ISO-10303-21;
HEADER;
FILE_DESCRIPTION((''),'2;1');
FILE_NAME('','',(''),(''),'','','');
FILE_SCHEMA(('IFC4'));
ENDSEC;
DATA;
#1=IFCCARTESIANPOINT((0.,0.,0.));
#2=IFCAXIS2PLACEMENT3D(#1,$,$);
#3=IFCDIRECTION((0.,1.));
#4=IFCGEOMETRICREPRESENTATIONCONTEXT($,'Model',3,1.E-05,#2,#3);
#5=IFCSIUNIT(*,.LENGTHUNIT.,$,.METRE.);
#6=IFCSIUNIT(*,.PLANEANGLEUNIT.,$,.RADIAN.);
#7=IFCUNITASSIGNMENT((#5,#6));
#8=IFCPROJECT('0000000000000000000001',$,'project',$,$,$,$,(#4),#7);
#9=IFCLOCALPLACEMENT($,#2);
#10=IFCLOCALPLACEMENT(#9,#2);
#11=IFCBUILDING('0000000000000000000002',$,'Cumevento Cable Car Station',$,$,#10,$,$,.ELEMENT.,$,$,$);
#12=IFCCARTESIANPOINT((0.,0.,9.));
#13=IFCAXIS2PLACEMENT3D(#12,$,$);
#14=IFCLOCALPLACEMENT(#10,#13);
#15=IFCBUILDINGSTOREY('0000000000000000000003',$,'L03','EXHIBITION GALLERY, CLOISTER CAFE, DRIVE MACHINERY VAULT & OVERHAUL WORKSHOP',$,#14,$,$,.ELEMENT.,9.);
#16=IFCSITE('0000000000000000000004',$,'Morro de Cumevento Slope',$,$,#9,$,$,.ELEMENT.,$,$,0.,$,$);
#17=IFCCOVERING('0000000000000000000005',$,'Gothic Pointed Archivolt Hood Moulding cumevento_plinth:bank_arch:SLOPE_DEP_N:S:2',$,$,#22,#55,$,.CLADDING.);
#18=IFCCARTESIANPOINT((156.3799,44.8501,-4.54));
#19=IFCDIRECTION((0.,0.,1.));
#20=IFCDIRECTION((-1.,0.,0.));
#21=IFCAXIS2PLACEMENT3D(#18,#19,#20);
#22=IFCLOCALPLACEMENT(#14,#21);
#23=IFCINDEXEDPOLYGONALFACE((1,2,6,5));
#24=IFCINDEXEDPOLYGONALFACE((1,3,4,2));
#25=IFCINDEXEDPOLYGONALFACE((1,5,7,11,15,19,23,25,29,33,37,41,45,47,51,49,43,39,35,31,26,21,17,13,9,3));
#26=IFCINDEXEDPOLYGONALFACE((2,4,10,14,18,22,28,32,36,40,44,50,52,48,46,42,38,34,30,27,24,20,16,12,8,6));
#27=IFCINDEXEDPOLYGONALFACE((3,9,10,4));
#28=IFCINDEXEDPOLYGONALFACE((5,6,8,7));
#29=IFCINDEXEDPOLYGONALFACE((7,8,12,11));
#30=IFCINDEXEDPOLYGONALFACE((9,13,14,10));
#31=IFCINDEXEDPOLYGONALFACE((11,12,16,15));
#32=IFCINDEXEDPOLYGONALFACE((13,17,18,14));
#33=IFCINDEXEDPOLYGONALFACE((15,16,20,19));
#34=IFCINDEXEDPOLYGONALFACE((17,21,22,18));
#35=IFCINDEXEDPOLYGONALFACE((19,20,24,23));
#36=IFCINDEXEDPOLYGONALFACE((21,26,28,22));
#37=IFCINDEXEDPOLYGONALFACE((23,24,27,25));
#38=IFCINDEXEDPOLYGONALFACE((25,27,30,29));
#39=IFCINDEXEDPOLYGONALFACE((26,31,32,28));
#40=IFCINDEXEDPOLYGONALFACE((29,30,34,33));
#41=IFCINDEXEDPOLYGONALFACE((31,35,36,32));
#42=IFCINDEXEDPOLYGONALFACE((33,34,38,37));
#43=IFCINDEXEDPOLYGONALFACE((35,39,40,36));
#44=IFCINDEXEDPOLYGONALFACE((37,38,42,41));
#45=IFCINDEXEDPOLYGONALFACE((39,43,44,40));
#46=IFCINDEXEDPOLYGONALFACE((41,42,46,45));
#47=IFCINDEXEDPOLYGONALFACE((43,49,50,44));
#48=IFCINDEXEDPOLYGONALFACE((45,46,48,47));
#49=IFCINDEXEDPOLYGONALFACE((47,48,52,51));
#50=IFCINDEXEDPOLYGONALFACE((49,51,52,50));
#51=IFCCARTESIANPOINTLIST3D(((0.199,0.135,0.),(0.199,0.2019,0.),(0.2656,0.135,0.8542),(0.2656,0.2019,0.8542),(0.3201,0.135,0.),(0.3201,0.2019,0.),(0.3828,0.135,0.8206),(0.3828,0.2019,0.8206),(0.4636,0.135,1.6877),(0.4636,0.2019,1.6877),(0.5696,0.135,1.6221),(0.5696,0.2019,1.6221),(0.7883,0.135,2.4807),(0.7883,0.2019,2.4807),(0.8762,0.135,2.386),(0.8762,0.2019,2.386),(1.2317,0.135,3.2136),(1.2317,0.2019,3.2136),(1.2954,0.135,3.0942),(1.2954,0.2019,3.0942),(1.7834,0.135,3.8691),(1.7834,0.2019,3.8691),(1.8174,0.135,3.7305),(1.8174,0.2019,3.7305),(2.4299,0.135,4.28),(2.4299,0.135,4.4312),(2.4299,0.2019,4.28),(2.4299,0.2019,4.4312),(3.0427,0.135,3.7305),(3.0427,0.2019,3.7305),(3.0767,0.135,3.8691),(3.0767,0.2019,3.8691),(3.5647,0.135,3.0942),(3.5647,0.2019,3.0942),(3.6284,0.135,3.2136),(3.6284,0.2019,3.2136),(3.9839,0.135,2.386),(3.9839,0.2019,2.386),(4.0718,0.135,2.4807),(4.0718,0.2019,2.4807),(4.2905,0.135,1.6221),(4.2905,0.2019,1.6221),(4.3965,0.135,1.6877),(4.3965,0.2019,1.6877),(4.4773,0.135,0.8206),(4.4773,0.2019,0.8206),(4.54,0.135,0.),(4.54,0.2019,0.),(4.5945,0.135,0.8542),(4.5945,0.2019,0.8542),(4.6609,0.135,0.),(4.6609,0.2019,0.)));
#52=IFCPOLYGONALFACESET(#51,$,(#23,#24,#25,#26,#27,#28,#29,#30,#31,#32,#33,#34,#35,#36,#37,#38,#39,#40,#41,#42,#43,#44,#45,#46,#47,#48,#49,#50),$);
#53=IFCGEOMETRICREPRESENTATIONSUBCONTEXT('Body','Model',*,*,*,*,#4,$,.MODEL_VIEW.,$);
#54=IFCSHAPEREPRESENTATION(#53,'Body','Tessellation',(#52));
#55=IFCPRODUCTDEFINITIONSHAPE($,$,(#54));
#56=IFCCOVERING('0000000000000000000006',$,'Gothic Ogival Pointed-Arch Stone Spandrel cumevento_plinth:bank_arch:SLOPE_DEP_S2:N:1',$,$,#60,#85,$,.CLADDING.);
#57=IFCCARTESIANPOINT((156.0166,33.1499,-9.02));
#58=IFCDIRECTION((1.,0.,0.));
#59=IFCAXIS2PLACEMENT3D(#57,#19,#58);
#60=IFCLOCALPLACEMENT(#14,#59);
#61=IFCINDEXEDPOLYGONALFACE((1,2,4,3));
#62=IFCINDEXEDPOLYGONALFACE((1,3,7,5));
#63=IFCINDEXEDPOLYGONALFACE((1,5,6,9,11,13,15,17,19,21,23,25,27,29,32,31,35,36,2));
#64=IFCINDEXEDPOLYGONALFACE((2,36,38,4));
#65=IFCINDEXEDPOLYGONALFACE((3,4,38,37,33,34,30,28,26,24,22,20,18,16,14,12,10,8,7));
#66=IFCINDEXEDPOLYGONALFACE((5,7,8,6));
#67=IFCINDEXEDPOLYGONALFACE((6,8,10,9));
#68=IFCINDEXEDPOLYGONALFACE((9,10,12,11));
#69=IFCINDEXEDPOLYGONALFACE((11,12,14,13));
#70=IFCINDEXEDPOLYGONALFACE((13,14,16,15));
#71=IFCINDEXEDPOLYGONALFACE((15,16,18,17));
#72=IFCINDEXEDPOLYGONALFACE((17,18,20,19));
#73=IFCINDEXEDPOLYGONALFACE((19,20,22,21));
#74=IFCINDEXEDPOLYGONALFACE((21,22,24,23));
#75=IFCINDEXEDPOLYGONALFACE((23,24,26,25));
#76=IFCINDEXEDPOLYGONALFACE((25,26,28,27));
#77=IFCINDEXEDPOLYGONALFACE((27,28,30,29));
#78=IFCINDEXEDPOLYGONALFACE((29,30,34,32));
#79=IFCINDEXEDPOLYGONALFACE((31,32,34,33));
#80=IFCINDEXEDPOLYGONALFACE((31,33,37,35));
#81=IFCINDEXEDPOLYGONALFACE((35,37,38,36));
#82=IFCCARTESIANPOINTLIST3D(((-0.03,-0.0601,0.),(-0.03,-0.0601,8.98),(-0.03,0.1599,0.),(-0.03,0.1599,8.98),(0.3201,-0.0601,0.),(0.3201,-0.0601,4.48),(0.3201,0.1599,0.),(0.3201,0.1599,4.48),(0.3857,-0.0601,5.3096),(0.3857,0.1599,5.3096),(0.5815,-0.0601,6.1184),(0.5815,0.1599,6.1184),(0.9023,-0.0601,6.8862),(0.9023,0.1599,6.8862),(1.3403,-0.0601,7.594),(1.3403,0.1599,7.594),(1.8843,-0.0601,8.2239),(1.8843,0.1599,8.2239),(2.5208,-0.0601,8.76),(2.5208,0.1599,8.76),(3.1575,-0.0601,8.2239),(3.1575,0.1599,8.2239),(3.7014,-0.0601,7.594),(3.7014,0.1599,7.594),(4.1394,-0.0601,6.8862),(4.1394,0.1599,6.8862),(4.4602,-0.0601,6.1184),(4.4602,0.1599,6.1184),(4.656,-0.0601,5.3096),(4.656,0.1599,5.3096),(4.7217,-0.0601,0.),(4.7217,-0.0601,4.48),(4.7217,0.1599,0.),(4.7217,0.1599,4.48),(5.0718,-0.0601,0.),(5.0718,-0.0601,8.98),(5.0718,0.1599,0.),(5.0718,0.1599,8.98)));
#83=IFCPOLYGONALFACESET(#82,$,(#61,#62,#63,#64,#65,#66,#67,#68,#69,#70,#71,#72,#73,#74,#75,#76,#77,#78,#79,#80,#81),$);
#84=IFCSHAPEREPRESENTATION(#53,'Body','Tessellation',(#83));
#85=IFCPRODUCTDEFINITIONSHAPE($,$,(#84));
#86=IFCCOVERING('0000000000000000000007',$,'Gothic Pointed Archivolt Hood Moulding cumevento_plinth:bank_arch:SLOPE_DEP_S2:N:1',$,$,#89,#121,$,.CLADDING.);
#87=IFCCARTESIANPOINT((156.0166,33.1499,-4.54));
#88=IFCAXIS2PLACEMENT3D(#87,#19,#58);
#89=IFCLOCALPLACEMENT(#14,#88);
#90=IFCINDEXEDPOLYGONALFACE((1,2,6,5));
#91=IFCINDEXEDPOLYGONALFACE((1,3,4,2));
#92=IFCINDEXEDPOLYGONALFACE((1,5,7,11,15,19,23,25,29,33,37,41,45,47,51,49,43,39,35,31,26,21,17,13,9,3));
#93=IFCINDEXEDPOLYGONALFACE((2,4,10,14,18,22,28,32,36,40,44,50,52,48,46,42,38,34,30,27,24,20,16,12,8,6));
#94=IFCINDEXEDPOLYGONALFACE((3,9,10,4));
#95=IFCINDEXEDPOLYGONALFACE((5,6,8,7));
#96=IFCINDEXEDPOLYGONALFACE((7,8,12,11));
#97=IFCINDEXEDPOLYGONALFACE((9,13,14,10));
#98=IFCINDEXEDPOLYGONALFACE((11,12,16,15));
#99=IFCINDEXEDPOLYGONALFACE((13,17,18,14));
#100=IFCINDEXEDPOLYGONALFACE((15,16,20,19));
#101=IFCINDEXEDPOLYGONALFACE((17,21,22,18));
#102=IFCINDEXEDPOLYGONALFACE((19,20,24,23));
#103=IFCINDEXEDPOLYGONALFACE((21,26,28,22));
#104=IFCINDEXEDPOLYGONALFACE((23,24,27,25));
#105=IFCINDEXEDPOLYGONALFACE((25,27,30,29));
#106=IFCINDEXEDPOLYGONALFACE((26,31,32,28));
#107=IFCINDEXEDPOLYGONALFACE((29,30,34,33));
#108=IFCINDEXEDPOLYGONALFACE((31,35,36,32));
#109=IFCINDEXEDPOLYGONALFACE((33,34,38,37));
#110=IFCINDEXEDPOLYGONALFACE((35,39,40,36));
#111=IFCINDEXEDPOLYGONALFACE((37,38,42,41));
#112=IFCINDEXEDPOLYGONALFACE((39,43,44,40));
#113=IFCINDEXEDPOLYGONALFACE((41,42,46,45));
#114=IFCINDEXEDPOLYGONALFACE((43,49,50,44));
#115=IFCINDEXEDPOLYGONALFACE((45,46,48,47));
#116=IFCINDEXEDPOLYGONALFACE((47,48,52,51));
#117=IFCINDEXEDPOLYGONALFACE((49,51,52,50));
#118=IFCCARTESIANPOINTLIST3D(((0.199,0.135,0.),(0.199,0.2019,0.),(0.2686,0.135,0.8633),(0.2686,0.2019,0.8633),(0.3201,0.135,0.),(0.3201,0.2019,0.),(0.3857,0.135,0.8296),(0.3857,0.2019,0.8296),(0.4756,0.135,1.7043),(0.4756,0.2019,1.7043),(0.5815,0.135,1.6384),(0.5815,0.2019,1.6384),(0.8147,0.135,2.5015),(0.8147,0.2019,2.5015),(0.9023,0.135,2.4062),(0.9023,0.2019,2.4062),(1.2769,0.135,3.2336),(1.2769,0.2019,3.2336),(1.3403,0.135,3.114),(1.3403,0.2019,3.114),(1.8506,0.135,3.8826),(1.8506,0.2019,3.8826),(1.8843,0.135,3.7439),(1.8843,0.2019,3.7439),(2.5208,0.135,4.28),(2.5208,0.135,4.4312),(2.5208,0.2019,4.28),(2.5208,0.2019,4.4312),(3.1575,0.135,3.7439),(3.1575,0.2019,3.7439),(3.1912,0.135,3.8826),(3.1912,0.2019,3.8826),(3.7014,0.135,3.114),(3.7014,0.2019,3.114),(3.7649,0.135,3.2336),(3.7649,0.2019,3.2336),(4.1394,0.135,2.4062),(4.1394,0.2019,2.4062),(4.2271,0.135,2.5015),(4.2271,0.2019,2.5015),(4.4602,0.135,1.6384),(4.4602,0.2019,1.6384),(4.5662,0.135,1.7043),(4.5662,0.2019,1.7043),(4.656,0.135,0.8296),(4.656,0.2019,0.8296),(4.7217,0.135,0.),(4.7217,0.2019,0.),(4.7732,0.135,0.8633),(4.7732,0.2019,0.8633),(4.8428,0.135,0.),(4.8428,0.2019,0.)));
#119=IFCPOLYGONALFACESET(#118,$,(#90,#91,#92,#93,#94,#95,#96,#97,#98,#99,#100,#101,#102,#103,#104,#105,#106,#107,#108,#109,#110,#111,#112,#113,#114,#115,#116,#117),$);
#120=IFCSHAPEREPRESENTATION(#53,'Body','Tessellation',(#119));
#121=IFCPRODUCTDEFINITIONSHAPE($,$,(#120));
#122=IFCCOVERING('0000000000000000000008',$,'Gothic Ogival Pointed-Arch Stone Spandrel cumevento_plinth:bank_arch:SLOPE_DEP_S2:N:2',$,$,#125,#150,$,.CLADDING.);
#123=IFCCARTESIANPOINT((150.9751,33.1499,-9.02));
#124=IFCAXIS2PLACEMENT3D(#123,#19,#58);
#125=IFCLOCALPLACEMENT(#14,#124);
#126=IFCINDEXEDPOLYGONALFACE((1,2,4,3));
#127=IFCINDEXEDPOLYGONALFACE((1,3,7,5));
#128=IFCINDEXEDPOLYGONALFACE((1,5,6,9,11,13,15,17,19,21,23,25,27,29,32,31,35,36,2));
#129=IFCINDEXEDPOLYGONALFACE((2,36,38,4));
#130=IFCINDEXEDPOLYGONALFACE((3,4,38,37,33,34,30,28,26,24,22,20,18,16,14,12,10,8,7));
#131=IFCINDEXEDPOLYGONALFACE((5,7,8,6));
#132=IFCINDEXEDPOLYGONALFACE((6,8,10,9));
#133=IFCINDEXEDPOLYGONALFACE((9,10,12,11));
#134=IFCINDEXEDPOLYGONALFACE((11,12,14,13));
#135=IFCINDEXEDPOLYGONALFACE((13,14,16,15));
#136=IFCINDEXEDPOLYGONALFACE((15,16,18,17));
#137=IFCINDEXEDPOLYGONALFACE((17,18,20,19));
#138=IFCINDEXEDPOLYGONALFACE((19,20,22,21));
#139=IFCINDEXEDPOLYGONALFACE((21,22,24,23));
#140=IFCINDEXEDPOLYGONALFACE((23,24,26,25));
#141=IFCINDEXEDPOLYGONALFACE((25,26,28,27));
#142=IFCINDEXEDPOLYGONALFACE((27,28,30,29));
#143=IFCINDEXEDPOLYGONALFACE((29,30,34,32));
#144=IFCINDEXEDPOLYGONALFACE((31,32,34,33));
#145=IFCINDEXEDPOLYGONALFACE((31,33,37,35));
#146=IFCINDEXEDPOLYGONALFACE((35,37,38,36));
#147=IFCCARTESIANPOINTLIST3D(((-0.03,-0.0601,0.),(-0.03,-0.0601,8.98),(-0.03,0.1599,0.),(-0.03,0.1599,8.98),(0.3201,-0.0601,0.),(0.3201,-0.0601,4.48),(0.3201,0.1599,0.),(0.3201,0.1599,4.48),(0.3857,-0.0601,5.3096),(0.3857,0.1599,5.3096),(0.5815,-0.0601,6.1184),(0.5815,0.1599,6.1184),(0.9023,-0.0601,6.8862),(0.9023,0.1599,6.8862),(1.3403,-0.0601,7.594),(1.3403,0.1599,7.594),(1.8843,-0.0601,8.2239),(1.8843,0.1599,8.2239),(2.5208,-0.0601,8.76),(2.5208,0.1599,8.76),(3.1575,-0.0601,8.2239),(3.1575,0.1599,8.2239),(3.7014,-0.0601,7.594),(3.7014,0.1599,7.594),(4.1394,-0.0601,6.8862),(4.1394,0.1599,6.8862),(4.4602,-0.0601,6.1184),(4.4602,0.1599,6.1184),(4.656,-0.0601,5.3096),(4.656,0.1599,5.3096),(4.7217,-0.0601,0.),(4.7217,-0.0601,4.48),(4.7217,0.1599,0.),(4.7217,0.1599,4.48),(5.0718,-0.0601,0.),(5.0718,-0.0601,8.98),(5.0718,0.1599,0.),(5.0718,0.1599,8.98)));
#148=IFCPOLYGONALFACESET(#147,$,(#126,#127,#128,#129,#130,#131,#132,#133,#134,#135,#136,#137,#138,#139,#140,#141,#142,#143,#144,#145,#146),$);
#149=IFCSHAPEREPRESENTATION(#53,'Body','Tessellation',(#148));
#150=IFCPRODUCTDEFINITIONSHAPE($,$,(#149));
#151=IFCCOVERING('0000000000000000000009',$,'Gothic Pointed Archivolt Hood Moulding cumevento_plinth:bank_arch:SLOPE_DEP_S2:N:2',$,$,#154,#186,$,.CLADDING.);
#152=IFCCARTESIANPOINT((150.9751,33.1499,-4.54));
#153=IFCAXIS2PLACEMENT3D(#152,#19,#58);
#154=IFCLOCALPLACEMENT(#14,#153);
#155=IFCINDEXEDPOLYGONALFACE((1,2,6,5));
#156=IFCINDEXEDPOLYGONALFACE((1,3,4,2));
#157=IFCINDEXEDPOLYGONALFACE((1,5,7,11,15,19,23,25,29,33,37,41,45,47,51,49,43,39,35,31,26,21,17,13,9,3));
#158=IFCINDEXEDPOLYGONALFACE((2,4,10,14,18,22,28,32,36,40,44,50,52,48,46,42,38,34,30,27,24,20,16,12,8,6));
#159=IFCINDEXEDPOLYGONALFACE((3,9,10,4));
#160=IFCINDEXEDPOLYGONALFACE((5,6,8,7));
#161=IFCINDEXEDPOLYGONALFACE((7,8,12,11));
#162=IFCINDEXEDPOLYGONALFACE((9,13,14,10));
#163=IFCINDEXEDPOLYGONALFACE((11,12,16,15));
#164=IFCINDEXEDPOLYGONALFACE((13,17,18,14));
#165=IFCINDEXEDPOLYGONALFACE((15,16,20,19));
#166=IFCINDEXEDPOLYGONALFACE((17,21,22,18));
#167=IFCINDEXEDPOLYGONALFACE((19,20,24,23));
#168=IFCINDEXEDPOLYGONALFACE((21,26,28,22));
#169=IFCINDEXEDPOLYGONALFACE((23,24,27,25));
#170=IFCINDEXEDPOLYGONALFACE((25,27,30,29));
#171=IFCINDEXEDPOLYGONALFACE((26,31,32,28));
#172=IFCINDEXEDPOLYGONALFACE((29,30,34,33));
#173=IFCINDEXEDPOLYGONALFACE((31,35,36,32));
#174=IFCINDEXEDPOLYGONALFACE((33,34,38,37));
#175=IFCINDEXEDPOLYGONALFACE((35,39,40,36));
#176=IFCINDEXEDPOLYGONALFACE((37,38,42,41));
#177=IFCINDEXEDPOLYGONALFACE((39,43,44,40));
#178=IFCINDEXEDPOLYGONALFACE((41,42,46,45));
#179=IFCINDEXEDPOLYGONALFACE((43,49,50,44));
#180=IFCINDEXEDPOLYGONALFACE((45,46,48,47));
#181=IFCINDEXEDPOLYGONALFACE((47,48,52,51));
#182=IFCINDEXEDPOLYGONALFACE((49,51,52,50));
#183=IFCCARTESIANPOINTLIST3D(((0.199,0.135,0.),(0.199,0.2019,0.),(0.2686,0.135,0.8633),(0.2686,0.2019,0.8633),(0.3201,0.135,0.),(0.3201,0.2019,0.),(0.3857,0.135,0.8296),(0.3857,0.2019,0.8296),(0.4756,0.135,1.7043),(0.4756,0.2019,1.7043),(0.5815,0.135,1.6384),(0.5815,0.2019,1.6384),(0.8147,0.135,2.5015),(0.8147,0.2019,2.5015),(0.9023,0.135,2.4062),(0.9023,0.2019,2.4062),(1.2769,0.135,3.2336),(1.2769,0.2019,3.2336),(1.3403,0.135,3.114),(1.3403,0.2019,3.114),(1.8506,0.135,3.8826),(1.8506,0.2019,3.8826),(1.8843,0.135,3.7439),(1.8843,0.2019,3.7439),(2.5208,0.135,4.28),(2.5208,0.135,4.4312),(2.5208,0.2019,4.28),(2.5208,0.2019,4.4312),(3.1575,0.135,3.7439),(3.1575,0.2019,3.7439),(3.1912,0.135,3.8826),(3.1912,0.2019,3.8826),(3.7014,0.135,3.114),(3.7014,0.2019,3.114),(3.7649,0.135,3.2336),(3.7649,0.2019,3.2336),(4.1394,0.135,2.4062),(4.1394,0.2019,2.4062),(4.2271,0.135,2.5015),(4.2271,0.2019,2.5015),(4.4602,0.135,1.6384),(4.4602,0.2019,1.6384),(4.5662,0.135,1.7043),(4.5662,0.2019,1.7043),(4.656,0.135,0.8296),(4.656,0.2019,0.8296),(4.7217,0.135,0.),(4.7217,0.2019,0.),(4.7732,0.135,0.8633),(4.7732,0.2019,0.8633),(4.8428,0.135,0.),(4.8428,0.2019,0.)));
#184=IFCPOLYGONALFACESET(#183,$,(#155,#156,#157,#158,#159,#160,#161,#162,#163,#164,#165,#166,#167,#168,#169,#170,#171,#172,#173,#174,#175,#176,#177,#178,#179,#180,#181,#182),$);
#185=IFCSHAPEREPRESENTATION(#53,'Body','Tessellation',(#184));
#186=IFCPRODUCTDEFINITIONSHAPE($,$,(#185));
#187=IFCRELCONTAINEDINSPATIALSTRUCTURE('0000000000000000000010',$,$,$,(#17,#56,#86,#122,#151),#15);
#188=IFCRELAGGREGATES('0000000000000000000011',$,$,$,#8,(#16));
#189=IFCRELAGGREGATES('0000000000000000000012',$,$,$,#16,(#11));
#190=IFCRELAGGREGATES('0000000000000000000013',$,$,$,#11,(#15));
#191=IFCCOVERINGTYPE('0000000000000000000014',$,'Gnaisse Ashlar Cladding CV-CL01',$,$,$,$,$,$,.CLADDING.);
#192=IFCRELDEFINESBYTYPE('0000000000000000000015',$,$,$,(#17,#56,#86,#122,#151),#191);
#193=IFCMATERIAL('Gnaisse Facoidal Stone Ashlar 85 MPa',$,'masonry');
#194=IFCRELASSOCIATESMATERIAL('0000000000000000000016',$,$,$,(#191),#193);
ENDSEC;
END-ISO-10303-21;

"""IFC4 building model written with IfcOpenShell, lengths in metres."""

from ifc_helpers import new_model, si_unit, direction, frame, origin, place, context, subcontext, project, spatial, polyline, outline, extrude, material, type_object, element, save


model = new_model("IFC4")

# Units and contexts
model_context = context("Model", 3, precision=1e-05, world=origin(), true_north=direction((0.0, 1.0)))
body_context = subcontext(model_context, "Body", "Model", "MODEL_VIEW")
ifc_project = project(units=[si_unit("LENGTHUNIT", "METRE"), si_unit("PLANEANGLEUNIT", "RADIAN")], contexts=[model_context])

# Site, building, storey
site_placement = place(None, origin())
site = spatial("IfcSite", under=ifc_project, at=site_placement, Name="Morro de Cumevento Slope", CompositionType="ELEMENT", RefElevation=0.0)
building_placement = place(site_placement, origin())
building = spatial("IfcBuilding", under=site, at=building_placement, Name="Cumevento Cable Car Station", CompositionType="ELEMENT")
storey_placement = place(building_placement, frame((0.0, 0.0, 9.0)))
storey = spatial("IfcBuildingStorey", under=building, at=storey_placement, Name="L03", Description="EXHIBITION GALLERY, CLOISTER CAFE, DRIVE MACHINERY VAULT & OVERHAUL WORKSHOP", CompositionType="ELEMENT", Elevation=9.0)

# Coverings
ifc_material_1 = material(Name="Gnaisse Facoidal Stone Ashlar 85 MPa", Category="masonry")
covering_type = type_object("IfcCoveringType", Name="Gnaisse Ashlar Cladding CV-CL01", PredefinedType="CLADDING", material=ifc_material_1)
covering_1_placement = place(storey_placement, frame((156.3799, 44.8501, -4.54), z_axis=(0.0, 0.0, 1.0), x_axis=(-1.0, 0.0, 0.0)))
element("IfcCovering", 1, at=covering_1_placement, inside=storey, type_object=covering_type, Name="Gothic Pointed Archivolt Hood Moulding cumevento_plinth:bank_arch:SLOPE_DEP_N:S:2", PredefinedType="CLADDING", context=body_context, shape_type="SweptSolid", body=[
    extrude(outline(polyline([(0.3201, 0.0), (0.3828, 0.8206), (0.5696, 1.6221), (0.8762, 2.386), (1.2954, 3.0942), (1.8174, 3.7305), (2.4299, 4.28), (3.0427, 3.7305), (3.5647, 3.0942), (3.9839, 2.386), (4.2905, 1.6221), (4.4773, 0.8206), (4.54, 0.0), (4.6609, 0.0), (4.5945, 0.8542), (4.3965, 1.6877), (4.0718, 2.4807), (3.6284, 3.2136), (3.0767, 3.8691), (2.4299, 4.4312), (1.7834, 3.8691), (1.2317, 3.2136), (0.7883, 2.4807), (0.4636, 1.6877), (0.2656, 0.8542), (0.199, 0.0), (0.3201, 0.0)])), frame((0.0, 0.2019, 0.0), z_axis=(0.0, -1.0, 0.0), x_axis=(1.0, 0.0, 0.0)), (0.0, 0.0, 1.0), 0.0669),
])
covering_2_placement = place(storey_placement, frame((156.0166, 33.1499, -9.02), z_axis=(0.0, 0.0, 1.0), x_axis=(1.0, 0.0, 0.0)))
element("IfcCovering", 2, at=covering_2_placement, inside=storey, type_object=covering_type, Name="Gothic Ogival Pointed-Arch Stone Spandrel cumevento_plinth:bank_arch:SLOPE_DEP_S2:N:1", PredefinedType="CLADDING", context=body_context, shape_type="SweptSolid", body=[
    extrude(outline(polyline([(-0.03, 0.0), (-0.03, 8.98), (5.0718, 8.98), (5.0718, 0.0), (4.7217, 0.0), (4.7217, 4.48), (4.656, 5.3096), (4.4602, 6.1184), (4.1394, 6.8862), (3.7014, 7.594), (3.1575, 8.2239), (2.5208, 8.76), (1.8843, 8.2239), (1.3403, 7.594), (0.9023, 6.8862), (0.5815, 6.1184), (0.3857, 5.3096), (0.3201, 4.48), (0.3201, 0.0), (-0.03, 0.0)])), frame((0.0, 0.1599, 0.0), z_axis=(0.0, -1.0, 0.0), x_axis=(1.0, 0.0, 0.0)), (0.0, 0.0, 1.0), 0.22),
])
covering_3_placement = place(storey_placement, frame((156.0166, 33.1499, -4.54), z_axis=(0.0, 0.0, 1.0), x_axis=(1.0, 0.0, 0.0)))
element("IfcCovering", 3, at=covering_3_placement, inside=storey, type_object=covering_type, Name="Gothic Pointed Archivolt Hood Moulding cumevento_plinth:bank_arch:SLOPE_DEP_S2:N:1", PredefinedType="CLADDING", context=body_context, shape_type="SweptSolid", body=[
    extrude(outline(polyline([(0.3201, 0.0), (0.3857, 0.8296), (0.5815, 1.6384), (0.9023, 2.4062), (1.3403, 3.114), (1.8843, 3.7439), (2.5208, 4.28), (3.1575, 3.7439), (3.7014, 3.114), (4.1394, 2.4062), (4.4602, 1.6384), (4.656, 0.8296), (4.7217, 0.0), (4.8428, 0.0), (4.7732, 0.8633), (4.5662, 1.7043), (4.2271, 2.5015), (3.7649, 3.2336), (3.1912, 3.8826), (2.5208, 4.4312), (1.8506, 3.8826), (1.2769, 3.2336), (0.8147, 2.5015), (0.4756, 1.7043), (0.2686, 0.8633), (0.199, 0.0), (0.3201, 0.0)])), frame((0.0, 0.2019, 0.0), z_axis=(0.0, -1.0, 0.0), x_axis=(1.0, 0.0, 0.0)), (0.0, 0.0, 1.0), 0.0669),
])
covering_4_placement = place(storey_placement, frame((150.9751, 33.1499, -9.02), z_axis=(0.0, 0.0, 1.0), x_axis=(1.0, 0.0, 0.0)))
element("IfcCovering", 4, at=covering_4_placement, inside=storey, type_object=covering_type, Name="Gothic Ogival Pointed-Arch Stone Spandrel cumevento_plinth:bank_arch:SLOPE_DEP_S2:N:2", PredefinedType="CLADDING", context=body_context, shape_type="SweptSolid", body=[
    extrude(outline(polyline([(-0.03, 0.0), (-0.03, 8.98), (5.0718, 8.98), (5.0718, 0.0), (4.7217, 0.0), (4.7217, 4.48), (4.656, 5.3096), (4.4602, 6.1184), (4.1394, 6.8862), (3.7014, 7.594), (3.1575, 8.2239), (2.5208, 8.76), (1.8843, 8.2239), (1.3403, 7.594), (0.9023, 6.8862), (0.5815, 6.1184), (0.3857, 5.3096), (0.3201, 4.48), (0.3201, 0.0), (-0.03, 0.0)])), frame((0.0, 0.1599, 0.0), z_axis=(0.0, -1.0, 0.0), x_axis=(1.0, 0.0, 0.0)), (0.0, 0.0, 1.0), 0.22),
])
covering_5_placement = place(storey_placement, frame((150.9751, 33.1499, -4.54), z_axis=(0.0, 0.0, 1.0), x_axis=(1.0, 0.0, 0.0)))
element("IfcCovering", 5, at=covering_5_placement, inside=storey, type_object=covering_type, Name="Gothic Pointed Archivolt Hood Moulding cumevento_plinth:bank_arch:SLOPE_DEP_S2:N:2", PredefinedType="CLADDING", context=body_context, shape_type="SweptSolid", body=[
    extrude(outline(polyline([(0.3201, 0.0), (0.3857, 0.8296), (0.5815, 1.6384), (0.9023, 2.4062), (1.3403, 3.114), (1.8843, 3.7439), (2.5208, 4.28), (3.1575, 3.7439), (3.7014, 3.114), (4.1394, 2.4062), (4.4602, 1.6384), (4.656, 0.8296), (4.7217, 0.0), (4.8428, 0.0), (4.7732, 0.8633), (4.5662, 1.7043), (4.2271, 2.5015), (3.7649, 3.2336), (3.1912, 3.8826), (2.5208, 4.4312), (1.8506, 3.8826), (1.2769, 3.2336), (0.8147, 2.5015), (0.4756, 1.7043), (0.2686, 0.8633), (0.199, 0.0), (0.3201, 0.0)])), frame((0.0, 0.2019, 0.0), z_axis=(0.0, -1.0, 0.0), x_axis=(1.0, 0.0, 0.0)), (0.0, 0.0, 1.0), 0.0669),
])

save(model, "model.ifc")
